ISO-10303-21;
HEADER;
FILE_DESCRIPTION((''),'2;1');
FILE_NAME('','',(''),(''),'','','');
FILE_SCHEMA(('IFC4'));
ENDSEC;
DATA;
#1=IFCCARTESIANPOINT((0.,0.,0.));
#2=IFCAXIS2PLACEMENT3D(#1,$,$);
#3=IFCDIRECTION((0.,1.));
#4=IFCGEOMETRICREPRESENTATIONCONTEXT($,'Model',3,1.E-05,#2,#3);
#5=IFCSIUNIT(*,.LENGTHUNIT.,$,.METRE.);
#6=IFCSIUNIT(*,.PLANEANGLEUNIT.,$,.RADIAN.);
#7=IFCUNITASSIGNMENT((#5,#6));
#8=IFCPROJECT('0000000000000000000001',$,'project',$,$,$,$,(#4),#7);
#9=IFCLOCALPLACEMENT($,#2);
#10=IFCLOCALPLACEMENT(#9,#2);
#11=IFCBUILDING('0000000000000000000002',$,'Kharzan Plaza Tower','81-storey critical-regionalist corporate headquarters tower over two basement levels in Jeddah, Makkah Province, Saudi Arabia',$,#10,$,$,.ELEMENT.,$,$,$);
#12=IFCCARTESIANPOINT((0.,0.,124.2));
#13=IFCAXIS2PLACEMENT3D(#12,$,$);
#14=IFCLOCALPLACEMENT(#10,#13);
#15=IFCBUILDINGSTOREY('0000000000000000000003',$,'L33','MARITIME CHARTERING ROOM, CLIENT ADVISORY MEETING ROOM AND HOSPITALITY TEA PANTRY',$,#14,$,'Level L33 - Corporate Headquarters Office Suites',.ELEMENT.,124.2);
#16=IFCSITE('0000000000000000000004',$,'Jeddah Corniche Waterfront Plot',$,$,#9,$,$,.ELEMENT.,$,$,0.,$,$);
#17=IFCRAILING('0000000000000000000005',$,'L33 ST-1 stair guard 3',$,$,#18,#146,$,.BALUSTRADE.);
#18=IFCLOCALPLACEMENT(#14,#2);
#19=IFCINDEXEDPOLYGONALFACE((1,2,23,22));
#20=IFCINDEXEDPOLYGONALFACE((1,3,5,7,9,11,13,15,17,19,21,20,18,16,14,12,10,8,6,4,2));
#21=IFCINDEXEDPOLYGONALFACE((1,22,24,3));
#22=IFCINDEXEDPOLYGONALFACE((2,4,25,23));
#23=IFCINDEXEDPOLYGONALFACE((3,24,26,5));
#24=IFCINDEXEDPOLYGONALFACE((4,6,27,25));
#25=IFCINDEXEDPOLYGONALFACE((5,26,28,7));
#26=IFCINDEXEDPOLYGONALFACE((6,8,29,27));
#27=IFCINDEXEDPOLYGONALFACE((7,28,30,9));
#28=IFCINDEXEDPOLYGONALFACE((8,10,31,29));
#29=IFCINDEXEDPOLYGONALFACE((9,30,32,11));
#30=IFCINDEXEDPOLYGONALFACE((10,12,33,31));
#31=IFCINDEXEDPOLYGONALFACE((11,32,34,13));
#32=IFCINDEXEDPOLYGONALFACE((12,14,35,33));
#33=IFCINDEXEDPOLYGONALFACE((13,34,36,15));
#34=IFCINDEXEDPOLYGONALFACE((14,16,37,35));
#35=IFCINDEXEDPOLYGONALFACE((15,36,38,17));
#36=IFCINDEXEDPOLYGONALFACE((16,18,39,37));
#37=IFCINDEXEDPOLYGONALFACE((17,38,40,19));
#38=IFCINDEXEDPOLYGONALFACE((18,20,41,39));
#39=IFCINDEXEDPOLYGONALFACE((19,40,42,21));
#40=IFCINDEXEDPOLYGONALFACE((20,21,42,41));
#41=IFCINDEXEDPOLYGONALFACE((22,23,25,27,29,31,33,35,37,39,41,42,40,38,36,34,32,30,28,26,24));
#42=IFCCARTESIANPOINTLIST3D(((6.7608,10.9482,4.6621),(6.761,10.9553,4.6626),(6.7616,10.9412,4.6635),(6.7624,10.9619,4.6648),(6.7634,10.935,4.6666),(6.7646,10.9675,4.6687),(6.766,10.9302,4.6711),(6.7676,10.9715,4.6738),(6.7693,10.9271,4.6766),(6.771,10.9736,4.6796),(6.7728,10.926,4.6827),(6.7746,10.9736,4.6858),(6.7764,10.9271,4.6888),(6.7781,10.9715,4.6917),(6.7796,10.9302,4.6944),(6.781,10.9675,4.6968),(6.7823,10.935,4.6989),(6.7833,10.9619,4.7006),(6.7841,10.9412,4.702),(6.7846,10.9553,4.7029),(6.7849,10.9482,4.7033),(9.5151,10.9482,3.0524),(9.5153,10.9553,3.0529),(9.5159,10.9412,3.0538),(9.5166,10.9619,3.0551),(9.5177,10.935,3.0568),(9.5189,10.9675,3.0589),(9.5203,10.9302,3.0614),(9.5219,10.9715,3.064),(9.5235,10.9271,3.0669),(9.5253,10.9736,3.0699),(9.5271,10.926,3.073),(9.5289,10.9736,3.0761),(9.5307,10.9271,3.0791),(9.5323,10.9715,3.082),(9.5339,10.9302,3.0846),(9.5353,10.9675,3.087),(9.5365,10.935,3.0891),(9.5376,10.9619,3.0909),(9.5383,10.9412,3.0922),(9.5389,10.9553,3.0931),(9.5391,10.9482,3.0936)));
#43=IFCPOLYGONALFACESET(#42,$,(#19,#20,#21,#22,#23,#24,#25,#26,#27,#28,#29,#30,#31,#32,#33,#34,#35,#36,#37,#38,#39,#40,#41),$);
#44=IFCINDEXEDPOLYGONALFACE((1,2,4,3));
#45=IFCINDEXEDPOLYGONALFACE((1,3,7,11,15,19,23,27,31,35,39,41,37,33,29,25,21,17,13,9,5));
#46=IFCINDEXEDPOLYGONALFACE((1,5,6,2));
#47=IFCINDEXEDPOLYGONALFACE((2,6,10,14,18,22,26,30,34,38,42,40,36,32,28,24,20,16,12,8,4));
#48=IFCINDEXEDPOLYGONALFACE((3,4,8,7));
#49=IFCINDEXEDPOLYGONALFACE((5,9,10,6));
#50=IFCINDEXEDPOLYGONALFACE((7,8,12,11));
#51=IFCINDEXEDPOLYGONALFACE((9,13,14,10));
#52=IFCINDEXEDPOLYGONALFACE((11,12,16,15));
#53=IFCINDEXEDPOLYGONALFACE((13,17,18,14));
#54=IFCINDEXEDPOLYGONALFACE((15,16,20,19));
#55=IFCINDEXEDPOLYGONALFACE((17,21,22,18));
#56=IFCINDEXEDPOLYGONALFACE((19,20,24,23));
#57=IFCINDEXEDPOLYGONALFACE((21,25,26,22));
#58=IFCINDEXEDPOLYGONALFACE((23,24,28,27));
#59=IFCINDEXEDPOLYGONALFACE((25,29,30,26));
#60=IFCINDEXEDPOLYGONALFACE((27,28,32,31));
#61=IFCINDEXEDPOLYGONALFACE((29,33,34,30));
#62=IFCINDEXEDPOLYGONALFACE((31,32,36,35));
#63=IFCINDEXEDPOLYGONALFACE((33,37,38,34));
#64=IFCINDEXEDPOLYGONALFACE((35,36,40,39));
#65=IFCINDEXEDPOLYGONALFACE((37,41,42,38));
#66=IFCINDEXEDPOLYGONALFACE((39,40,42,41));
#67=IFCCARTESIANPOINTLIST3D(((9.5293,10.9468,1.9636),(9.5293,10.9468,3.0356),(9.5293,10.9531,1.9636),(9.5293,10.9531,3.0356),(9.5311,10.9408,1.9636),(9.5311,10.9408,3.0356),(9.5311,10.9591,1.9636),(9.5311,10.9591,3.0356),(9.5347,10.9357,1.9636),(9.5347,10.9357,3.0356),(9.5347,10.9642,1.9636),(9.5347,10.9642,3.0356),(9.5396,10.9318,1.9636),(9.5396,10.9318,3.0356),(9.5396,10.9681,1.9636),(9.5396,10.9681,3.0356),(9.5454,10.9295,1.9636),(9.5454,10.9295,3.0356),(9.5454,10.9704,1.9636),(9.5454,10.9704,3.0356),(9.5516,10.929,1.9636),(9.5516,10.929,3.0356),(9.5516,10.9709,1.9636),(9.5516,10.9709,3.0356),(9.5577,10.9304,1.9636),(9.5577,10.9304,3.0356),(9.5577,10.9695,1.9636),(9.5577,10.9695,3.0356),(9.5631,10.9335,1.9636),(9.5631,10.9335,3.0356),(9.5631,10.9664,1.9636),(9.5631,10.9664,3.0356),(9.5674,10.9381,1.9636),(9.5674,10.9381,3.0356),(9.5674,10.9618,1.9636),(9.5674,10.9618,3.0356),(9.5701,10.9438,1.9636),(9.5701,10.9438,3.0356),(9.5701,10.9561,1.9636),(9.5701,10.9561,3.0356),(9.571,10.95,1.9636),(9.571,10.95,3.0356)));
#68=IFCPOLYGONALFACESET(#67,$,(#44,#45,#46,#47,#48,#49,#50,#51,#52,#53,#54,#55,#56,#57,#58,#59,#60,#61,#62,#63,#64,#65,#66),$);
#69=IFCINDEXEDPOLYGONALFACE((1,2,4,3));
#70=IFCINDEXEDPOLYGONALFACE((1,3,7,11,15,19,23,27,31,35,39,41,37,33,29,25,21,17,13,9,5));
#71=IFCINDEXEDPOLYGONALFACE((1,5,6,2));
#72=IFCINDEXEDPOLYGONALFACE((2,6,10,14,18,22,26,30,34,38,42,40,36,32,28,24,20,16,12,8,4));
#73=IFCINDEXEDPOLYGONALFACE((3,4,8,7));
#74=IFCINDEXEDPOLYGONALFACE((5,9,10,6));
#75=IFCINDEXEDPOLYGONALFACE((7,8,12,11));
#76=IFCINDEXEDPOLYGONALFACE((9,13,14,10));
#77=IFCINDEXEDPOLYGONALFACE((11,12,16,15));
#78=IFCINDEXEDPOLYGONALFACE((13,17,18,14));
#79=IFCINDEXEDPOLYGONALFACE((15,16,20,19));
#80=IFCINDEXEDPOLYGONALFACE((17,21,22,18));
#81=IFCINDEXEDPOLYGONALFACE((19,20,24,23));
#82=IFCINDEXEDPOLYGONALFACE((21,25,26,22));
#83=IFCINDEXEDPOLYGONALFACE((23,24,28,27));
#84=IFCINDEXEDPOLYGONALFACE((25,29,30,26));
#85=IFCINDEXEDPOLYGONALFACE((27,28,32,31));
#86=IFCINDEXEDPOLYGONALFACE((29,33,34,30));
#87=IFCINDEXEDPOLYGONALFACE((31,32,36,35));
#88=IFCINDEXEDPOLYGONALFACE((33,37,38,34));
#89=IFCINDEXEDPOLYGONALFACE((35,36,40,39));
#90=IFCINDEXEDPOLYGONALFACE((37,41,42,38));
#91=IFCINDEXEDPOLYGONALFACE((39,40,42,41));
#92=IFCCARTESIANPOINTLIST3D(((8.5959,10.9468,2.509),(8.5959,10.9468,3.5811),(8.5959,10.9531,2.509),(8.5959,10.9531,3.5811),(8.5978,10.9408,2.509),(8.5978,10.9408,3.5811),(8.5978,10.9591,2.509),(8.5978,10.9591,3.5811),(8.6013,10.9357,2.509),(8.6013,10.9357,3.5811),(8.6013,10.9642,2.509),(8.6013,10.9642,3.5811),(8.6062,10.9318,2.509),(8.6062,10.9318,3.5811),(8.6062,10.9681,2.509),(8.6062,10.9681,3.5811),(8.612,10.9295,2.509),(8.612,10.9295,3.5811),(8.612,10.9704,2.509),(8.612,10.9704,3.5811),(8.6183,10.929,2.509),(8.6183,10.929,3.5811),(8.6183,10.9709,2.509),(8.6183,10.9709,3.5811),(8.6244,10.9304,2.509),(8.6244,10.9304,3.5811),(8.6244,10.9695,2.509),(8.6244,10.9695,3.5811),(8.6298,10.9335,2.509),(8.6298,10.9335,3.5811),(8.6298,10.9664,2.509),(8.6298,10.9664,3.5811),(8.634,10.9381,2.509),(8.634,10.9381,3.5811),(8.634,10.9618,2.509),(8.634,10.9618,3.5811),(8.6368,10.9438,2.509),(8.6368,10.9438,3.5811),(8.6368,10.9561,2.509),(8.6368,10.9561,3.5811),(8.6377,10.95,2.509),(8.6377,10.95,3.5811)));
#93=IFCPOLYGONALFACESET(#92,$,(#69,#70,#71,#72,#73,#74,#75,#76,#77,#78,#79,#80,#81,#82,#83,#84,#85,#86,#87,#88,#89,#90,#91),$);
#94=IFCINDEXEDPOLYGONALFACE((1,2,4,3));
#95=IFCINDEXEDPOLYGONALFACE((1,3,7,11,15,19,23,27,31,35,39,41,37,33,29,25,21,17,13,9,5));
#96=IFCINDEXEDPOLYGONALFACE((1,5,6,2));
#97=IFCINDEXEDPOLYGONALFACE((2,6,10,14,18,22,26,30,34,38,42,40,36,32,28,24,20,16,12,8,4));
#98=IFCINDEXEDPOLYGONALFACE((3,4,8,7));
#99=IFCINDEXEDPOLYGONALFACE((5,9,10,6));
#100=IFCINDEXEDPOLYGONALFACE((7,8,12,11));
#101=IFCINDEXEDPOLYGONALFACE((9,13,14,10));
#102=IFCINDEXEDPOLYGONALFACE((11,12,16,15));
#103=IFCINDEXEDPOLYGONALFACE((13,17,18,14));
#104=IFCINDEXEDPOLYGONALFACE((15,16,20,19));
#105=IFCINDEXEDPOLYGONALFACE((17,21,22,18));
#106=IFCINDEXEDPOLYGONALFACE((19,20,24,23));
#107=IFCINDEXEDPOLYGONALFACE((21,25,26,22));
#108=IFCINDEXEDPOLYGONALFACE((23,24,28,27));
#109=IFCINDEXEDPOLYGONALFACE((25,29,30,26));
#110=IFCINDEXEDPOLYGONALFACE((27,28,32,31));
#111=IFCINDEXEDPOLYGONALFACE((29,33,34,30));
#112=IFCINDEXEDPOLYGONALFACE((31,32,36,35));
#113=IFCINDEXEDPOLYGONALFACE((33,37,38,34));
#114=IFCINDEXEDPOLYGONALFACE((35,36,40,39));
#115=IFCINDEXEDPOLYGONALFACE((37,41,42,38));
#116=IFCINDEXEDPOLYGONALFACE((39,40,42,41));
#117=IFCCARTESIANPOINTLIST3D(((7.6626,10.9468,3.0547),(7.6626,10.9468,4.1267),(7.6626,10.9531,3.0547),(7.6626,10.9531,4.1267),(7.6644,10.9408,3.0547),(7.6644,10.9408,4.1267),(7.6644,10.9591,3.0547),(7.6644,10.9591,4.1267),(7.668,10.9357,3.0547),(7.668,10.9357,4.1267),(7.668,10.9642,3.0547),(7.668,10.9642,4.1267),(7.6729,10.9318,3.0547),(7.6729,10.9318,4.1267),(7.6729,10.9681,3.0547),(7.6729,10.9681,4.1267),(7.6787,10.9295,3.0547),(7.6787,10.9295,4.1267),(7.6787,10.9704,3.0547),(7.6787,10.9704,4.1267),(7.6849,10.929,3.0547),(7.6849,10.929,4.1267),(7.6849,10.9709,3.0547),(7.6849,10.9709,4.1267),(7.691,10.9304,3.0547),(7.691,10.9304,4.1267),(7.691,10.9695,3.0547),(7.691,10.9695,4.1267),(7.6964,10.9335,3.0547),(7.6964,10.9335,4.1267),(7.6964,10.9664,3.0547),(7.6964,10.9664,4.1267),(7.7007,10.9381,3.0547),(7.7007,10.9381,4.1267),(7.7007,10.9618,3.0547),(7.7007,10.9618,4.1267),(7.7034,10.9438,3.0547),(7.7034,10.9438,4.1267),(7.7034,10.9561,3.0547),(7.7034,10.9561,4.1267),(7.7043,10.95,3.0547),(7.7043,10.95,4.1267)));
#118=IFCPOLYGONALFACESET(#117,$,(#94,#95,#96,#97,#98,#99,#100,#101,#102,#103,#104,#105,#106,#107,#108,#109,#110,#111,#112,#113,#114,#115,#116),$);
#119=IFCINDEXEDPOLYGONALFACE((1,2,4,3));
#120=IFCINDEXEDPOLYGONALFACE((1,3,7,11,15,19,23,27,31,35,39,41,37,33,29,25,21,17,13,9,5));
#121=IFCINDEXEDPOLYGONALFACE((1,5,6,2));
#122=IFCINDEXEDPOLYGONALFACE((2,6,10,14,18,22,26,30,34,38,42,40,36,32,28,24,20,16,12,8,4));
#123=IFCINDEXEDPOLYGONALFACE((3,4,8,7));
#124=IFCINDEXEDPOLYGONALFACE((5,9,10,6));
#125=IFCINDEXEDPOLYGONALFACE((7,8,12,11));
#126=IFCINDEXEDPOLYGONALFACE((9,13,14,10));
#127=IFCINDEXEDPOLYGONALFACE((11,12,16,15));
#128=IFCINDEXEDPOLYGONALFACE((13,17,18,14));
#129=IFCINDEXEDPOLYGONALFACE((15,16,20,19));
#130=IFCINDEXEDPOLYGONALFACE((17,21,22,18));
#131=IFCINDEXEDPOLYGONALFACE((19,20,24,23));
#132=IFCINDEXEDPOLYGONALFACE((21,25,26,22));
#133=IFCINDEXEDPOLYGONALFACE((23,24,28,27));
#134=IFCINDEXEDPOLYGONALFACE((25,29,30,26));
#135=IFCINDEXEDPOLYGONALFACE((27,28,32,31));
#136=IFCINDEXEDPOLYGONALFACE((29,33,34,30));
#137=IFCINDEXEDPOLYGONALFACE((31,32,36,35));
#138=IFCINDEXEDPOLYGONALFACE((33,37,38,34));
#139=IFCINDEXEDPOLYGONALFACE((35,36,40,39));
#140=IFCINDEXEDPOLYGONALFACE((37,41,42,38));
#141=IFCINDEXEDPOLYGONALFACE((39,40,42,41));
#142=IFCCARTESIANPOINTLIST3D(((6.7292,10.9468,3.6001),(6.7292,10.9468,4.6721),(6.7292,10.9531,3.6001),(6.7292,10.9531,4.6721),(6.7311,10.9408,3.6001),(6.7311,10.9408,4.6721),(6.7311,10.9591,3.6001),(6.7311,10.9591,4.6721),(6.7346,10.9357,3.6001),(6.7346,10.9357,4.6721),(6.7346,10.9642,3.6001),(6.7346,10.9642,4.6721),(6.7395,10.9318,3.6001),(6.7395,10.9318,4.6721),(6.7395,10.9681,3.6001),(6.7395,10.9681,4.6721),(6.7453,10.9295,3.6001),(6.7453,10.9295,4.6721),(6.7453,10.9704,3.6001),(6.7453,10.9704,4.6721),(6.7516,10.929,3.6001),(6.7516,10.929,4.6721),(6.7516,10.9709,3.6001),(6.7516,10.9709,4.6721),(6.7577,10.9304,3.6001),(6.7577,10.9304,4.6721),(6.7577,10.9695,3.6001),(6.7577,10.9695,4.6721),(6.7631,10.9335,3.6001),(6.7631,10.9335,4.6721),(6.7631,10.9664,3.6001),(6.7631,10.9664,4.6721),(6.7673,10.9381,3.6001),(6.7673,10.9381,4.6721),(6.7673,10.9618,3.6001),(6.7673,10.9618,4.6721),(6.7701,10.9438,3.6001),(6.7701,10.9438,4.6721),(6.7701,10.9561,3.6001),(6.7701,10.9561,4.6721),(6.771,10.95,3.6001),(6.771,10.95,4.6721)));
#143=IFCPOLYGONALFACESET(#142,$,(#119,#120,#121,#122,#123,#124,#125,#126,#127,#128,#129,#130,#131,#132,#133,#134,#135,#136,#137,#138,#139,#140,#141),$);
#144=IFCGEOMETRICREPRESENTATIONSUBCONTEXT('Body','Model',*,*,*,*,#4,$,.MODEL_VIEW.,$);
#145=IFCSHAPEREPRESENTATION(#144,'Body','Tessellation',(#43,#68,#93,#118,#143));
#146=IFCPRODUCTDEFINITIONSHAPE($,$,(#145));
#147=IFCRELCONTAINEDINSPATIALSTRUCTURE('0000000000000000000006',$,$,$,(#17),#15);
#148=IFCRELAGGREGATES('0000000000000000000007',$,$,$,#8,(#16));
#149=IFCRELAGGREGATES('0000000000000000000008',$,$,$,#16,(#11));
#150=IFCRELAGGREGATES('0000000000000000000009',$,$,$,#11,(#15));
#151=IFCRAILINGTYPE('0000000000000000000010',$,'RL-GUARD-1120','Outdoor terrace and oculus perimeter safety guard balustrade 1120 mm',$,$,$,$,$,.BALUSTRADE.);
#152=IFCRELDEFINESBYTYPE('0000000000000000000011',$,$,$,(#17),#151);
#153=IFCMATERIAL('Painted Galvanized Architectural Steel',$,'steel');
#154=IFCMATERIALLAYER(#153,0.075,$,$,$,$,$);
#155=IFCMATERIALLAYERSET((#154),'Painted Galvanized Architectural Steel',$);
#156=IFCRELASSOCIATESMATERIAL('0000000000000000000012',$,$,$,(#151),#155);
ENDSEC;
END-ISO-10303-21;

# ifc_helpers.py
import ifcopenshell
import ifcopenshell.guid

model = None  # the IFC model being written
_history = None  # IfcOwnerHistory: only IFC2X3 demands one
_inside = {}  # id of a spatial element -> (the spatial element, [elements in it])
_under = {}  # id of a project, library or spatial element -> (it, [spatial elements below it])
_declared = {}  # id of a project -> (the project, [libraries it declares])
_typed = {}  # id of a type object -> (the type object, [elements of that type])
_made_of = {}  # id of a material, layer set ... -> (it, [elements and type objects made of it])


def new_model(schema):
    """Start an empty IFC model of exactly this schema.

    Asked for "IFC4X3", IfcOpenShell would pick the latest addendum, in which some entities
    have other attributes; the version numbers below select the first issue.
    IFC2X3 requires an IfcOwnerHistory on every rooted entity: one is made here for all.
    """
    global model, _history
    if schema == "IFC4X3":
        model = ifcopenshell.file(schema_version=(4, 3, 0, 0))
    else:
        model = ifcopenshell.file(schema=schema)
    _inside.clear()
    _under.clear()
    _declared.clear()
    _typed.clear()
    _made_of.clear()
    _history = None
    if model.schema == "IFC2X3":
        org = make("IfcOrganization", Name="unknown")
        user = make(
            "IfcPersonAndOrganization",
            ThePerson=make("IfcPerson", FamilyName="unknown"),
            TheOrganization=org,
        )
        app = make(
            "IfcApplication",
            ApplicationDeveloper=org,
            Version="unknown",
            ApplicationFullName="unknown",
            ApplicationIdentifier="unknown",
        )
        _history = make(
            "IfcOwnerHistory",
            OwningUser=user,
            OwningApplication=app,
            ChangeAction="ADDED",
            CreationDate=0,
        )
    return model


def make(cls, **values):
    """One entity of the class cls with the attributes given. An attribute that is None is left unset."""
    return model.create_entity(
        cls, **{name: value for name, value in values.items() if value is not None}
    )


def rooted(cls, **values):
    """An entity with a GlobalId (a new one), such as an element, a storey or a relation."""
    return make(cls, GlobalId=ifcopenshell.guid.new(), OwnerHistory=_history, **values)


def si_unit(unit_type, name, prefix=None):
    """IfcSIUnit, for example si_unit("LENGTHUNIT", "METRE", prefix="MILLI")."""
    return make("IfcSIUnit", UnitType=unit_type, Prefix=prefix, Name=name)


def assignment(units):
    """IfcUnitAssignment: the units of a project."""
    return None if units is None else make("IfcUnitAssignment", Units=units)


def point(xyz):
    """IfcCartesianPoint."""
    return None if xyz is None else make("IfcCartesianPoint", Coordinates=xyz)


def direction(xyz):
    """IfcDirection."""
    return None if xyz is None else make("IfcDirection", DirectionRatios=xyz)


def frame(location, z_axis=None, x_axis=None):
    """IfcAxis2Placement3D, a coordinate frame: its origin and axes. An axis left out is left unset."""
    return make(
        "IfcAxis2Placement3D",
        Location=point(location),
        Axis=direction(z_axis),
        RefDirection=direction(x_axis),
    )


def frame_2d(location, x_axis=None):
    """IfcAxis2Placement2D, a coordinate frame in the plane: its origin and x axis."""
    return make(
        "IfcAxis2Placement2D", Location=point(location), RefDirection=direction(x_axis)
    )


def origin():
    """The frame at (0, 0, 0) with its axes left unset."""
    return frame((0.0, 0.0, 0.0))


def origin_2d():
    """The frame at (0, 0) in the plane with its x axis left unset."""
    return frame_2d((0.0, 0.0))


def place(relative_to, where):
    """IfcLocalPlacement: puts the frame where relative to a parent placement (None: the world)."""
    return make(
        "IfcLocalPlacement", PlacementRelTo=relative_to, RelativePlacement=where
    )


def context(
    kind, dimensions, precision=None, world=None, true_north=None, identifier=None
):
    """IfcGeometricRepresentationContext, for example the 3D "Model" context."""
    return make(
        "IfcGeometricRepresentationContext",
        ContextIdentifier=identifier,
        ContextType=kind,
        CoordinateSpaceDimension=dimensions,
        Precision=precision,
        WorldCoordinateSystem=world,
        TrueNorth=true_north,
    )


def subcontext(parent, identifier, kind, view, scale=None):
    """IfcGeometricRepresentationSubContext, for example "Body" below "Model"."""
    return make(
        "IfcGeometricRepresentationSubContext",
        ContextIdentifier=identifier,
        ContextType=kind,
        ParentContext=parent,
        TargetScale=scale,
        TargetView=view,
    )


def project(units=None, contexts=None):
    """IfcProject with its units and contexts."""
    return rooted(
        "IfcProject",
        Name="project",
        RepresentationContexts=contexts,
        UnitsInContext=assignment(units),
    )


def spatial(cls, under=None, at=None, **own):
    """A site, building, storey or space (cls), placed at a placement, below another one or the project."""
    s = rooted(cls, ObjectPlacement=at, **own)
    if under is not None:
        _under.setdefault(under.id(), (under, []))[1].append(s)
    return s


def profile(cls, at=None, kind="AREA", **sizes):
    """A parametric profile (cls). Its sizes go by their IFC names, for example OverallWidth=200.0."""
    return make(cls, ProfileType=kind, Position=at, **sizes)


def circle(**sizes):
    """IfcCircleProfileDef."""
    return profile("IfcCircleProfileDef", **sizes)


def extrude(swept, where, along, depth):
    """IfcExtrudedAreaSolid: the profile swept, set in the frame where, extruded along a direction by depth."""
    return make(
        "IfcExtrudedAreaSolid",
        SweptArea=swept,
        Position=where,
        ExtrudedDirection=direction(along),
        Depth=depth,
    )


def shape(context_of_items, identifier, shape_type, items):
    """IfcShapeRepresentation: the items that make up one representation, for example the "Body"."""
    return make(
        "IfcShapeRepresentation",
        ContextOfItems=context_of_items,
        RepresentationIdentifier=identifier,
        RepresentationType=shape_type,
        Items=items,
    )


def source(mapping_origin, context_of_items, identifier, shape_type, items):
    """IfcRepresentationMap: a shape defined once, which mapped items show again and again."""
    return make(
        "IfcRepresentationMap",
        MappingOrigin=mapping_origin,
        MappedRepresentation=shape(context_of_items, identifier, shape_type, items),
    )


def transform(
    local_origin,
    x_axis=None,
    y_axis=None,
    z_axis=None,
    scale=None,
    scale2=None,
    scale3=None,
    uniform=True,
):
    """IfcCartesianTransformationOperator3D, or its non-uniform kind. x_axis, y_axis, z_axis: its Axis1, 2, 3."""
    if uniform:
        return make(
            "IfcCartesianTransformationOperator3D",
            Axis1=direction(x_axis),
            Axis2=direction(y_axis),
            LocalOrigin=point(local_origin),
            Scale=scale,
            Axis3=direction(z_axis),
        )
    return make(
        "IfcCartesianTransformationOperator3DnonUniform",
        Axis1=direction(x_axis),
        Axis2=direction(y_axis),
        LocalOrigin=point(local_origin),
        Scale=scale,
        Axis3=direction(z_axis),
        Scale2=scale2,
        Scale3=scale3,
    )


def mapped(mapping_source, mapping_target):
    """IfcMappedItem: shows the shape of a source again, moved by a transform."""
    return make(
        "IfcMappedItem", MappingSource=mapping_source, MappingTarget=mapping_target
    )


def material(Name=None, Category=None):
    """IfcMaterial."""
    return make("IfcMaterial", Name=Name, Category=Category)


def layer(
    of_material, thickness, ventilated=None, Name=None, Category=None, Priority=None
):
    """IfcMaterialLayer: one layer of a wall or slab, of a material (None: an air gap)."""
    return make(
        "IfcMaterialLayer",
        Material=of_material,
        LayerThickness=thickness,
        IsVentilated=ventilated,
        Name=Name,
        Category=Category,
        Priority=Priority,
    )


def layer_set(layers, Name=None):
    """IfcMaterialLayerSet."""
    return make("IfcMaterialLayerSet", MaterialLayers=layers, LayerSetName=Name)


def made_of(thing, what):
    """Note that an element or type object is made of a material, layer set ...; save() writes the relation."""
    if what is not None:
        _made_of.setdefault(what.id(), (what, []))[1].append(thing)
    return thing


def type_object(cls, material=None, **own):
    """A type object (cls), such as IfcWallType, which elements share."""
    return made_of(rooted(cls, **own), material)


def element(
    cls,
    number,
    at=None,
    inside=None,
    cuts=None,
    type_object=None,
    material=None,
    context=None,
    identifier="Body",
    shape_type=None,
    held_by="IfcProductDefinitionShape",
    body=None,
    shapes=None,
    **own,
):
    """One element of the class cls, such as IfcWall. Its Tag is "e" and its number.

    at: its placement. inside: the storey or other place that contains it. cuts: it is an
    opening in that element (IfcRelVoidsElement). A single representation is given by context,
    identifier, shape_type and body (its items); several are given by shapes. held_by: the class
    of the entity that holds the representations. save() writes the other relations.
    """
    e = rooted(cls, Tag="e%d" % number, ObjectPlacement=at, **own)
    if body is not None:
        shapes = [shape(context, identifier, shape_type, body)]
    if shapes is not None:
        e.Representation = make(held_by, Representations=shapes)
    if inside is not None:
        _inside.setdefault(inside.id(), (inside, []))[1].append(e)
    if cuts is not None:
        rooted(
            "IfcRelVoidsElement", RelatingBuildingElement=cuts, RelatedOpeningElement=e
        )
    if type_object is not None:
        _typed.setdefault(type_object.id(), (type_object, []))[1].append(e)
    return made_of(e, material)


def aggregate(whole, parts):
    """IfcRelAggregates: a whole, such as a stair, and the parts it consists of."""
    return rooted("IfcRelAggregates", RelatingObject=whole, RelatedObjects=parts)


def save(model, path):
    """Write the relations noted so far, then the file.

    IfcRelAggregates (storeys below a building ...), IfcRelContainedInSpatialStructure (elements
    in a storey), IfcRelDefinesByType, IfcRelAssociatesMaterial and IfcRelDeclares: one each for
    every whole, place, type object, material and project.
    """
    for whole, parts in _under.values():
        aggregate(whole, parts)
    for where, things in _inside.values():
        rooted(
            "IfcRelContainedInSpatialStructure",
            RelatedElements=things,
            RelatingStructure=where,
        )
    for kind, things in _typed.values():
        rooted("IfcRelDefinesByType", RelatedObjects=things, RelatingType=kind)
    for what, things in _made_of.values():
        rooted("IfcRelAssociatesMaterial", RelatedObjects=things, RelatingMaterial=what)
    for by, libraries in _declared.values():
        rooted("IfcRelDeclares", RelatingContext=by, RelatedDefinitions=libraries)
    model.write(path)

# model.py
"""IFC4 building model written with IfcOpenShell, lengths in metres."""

from ifc_helpers import new_model, si_unit, direction, frame, origin, origin_2d, place, context, subcontext, project, spatial, circle, extrude, source, transform, mapped, material, layer, layer_set, type_object, element, save


model = new_model("IFC4")

# Units and contexts
model_context = context("Model", 3, precision=1e-05, world=origin(), true_north=direction((0.0, 1.0)))
body_context = subcontext(model_context, "Body", "Model", "MODEL_VIEW")
ifc_project = project(units=[si_unit("LENGTHUNIT", "METRE"), si_unit("PLANEANGLEUNIT", "RADIAN")], contexts=[model_context])

# Site, building, storey
site_placement = place(None, origin())
site = spatial("IfcSite", under=ifc_project, at=site_placement, Name="Jeddah Corniche Waterfront Plot", CompositionType="ELEMENT", RefElevation=0.0)
building_placement = place(site_placement, origin())
building = spatial("IfcBuilding", under=site, at=building_placement, Name="Kharzan Plaza Tower", Description="81-storey critical-regionalist corporate headquarters tower over two basement levels in Jeddah, Makkah Province, Saudi Arabia", CompositionType="ELEMENT")
storey_placement = place(building_placement, frame((0.0, 0.0, 124.2)))
storey = spatial("IfcBuildingStorey", under=building, at=storey_placement, Name="L33", Description="MARITIME CHARTERING ROOM, CLIENT ADVISORY MEETING ROOM AND HOSPITALITY TEA PANTRY", LongName="Level L33 - Corporate Headquarters Office Suites", CompositionType="ELEMENT", Elevation=124.2)

# Railing
ifc_material_1 = material(Name="Painted Galvanized Architectural Steel", Category="steel")
ifc_layer_1 = layer(ifc_material_1, 0.075)
ifc_layer_set_1 = layer_set([ifc_layer_1], Name="Painted Galvanized Architectural Steel")
railing_type = type_object("IfcRailingType", Name="RL-GUARD-1120", Description="Outdoor terrace and oculus perimeter safety guard balustrade 1120 mm", PredefinedType="BALUSTRADE", material=ifc_layer_set_1)
shared_shape_1 = source(origin(), body_context, "Body", "SweptSolid", [
    extrude(circle(Radius=0.0239, at=origin_2d()), frame((-0.0229, 0.0, 1.1094), z_axis=(-0.863361, 0.0, 0.504587), x_axis=(0.0, -1.0, 0.0)), (0.0, 0.0, 1.0), 3.1902),
    extrude(circle(Radius=0.021, at=origin_2d()), origin(), (0.0, 0.0, 1.0), 1.072),
    extrude(circle(Radius=0.021, at=origin_2d()), frame((-0.9333, 0.0, 0.5454)), (0.0, 0.0, 1.0), 1.072),
    extrude(circle(Radius=0.021, at=origin_2d()), frame((-1.8667, 0.0, 1.0911)), (0.0, 0.0, 1.0), 1.072),
    extrude(circle(Radius=0.021, at=origin_2d()), frame((-2.8, 0.0, 1.6365)), (0.0, 0.0, 1.0), 1.072),
])
railing_1_placement = place(storey_placement, frame((9.55, 10.95, 1.9636)))
element("IfcRailing", 1, at=railing_1_placement, inside=storey, type_object=railing_type, Name="L33 ST-1 stair guard 3", PredefinedType="BALUSTRADE", context=body_context, shape_type="MappedRepresentation", body=[
    mapped(shared_shape_1, transform((0.0, 0.0, 0.0), x_axis=(1.0, 0.0, 0.0), y_axis=(0.0, 1.0, 0.0), z_axis=(0.0, 0.0, 1.0))),
])

save(model, "model.ifc")
